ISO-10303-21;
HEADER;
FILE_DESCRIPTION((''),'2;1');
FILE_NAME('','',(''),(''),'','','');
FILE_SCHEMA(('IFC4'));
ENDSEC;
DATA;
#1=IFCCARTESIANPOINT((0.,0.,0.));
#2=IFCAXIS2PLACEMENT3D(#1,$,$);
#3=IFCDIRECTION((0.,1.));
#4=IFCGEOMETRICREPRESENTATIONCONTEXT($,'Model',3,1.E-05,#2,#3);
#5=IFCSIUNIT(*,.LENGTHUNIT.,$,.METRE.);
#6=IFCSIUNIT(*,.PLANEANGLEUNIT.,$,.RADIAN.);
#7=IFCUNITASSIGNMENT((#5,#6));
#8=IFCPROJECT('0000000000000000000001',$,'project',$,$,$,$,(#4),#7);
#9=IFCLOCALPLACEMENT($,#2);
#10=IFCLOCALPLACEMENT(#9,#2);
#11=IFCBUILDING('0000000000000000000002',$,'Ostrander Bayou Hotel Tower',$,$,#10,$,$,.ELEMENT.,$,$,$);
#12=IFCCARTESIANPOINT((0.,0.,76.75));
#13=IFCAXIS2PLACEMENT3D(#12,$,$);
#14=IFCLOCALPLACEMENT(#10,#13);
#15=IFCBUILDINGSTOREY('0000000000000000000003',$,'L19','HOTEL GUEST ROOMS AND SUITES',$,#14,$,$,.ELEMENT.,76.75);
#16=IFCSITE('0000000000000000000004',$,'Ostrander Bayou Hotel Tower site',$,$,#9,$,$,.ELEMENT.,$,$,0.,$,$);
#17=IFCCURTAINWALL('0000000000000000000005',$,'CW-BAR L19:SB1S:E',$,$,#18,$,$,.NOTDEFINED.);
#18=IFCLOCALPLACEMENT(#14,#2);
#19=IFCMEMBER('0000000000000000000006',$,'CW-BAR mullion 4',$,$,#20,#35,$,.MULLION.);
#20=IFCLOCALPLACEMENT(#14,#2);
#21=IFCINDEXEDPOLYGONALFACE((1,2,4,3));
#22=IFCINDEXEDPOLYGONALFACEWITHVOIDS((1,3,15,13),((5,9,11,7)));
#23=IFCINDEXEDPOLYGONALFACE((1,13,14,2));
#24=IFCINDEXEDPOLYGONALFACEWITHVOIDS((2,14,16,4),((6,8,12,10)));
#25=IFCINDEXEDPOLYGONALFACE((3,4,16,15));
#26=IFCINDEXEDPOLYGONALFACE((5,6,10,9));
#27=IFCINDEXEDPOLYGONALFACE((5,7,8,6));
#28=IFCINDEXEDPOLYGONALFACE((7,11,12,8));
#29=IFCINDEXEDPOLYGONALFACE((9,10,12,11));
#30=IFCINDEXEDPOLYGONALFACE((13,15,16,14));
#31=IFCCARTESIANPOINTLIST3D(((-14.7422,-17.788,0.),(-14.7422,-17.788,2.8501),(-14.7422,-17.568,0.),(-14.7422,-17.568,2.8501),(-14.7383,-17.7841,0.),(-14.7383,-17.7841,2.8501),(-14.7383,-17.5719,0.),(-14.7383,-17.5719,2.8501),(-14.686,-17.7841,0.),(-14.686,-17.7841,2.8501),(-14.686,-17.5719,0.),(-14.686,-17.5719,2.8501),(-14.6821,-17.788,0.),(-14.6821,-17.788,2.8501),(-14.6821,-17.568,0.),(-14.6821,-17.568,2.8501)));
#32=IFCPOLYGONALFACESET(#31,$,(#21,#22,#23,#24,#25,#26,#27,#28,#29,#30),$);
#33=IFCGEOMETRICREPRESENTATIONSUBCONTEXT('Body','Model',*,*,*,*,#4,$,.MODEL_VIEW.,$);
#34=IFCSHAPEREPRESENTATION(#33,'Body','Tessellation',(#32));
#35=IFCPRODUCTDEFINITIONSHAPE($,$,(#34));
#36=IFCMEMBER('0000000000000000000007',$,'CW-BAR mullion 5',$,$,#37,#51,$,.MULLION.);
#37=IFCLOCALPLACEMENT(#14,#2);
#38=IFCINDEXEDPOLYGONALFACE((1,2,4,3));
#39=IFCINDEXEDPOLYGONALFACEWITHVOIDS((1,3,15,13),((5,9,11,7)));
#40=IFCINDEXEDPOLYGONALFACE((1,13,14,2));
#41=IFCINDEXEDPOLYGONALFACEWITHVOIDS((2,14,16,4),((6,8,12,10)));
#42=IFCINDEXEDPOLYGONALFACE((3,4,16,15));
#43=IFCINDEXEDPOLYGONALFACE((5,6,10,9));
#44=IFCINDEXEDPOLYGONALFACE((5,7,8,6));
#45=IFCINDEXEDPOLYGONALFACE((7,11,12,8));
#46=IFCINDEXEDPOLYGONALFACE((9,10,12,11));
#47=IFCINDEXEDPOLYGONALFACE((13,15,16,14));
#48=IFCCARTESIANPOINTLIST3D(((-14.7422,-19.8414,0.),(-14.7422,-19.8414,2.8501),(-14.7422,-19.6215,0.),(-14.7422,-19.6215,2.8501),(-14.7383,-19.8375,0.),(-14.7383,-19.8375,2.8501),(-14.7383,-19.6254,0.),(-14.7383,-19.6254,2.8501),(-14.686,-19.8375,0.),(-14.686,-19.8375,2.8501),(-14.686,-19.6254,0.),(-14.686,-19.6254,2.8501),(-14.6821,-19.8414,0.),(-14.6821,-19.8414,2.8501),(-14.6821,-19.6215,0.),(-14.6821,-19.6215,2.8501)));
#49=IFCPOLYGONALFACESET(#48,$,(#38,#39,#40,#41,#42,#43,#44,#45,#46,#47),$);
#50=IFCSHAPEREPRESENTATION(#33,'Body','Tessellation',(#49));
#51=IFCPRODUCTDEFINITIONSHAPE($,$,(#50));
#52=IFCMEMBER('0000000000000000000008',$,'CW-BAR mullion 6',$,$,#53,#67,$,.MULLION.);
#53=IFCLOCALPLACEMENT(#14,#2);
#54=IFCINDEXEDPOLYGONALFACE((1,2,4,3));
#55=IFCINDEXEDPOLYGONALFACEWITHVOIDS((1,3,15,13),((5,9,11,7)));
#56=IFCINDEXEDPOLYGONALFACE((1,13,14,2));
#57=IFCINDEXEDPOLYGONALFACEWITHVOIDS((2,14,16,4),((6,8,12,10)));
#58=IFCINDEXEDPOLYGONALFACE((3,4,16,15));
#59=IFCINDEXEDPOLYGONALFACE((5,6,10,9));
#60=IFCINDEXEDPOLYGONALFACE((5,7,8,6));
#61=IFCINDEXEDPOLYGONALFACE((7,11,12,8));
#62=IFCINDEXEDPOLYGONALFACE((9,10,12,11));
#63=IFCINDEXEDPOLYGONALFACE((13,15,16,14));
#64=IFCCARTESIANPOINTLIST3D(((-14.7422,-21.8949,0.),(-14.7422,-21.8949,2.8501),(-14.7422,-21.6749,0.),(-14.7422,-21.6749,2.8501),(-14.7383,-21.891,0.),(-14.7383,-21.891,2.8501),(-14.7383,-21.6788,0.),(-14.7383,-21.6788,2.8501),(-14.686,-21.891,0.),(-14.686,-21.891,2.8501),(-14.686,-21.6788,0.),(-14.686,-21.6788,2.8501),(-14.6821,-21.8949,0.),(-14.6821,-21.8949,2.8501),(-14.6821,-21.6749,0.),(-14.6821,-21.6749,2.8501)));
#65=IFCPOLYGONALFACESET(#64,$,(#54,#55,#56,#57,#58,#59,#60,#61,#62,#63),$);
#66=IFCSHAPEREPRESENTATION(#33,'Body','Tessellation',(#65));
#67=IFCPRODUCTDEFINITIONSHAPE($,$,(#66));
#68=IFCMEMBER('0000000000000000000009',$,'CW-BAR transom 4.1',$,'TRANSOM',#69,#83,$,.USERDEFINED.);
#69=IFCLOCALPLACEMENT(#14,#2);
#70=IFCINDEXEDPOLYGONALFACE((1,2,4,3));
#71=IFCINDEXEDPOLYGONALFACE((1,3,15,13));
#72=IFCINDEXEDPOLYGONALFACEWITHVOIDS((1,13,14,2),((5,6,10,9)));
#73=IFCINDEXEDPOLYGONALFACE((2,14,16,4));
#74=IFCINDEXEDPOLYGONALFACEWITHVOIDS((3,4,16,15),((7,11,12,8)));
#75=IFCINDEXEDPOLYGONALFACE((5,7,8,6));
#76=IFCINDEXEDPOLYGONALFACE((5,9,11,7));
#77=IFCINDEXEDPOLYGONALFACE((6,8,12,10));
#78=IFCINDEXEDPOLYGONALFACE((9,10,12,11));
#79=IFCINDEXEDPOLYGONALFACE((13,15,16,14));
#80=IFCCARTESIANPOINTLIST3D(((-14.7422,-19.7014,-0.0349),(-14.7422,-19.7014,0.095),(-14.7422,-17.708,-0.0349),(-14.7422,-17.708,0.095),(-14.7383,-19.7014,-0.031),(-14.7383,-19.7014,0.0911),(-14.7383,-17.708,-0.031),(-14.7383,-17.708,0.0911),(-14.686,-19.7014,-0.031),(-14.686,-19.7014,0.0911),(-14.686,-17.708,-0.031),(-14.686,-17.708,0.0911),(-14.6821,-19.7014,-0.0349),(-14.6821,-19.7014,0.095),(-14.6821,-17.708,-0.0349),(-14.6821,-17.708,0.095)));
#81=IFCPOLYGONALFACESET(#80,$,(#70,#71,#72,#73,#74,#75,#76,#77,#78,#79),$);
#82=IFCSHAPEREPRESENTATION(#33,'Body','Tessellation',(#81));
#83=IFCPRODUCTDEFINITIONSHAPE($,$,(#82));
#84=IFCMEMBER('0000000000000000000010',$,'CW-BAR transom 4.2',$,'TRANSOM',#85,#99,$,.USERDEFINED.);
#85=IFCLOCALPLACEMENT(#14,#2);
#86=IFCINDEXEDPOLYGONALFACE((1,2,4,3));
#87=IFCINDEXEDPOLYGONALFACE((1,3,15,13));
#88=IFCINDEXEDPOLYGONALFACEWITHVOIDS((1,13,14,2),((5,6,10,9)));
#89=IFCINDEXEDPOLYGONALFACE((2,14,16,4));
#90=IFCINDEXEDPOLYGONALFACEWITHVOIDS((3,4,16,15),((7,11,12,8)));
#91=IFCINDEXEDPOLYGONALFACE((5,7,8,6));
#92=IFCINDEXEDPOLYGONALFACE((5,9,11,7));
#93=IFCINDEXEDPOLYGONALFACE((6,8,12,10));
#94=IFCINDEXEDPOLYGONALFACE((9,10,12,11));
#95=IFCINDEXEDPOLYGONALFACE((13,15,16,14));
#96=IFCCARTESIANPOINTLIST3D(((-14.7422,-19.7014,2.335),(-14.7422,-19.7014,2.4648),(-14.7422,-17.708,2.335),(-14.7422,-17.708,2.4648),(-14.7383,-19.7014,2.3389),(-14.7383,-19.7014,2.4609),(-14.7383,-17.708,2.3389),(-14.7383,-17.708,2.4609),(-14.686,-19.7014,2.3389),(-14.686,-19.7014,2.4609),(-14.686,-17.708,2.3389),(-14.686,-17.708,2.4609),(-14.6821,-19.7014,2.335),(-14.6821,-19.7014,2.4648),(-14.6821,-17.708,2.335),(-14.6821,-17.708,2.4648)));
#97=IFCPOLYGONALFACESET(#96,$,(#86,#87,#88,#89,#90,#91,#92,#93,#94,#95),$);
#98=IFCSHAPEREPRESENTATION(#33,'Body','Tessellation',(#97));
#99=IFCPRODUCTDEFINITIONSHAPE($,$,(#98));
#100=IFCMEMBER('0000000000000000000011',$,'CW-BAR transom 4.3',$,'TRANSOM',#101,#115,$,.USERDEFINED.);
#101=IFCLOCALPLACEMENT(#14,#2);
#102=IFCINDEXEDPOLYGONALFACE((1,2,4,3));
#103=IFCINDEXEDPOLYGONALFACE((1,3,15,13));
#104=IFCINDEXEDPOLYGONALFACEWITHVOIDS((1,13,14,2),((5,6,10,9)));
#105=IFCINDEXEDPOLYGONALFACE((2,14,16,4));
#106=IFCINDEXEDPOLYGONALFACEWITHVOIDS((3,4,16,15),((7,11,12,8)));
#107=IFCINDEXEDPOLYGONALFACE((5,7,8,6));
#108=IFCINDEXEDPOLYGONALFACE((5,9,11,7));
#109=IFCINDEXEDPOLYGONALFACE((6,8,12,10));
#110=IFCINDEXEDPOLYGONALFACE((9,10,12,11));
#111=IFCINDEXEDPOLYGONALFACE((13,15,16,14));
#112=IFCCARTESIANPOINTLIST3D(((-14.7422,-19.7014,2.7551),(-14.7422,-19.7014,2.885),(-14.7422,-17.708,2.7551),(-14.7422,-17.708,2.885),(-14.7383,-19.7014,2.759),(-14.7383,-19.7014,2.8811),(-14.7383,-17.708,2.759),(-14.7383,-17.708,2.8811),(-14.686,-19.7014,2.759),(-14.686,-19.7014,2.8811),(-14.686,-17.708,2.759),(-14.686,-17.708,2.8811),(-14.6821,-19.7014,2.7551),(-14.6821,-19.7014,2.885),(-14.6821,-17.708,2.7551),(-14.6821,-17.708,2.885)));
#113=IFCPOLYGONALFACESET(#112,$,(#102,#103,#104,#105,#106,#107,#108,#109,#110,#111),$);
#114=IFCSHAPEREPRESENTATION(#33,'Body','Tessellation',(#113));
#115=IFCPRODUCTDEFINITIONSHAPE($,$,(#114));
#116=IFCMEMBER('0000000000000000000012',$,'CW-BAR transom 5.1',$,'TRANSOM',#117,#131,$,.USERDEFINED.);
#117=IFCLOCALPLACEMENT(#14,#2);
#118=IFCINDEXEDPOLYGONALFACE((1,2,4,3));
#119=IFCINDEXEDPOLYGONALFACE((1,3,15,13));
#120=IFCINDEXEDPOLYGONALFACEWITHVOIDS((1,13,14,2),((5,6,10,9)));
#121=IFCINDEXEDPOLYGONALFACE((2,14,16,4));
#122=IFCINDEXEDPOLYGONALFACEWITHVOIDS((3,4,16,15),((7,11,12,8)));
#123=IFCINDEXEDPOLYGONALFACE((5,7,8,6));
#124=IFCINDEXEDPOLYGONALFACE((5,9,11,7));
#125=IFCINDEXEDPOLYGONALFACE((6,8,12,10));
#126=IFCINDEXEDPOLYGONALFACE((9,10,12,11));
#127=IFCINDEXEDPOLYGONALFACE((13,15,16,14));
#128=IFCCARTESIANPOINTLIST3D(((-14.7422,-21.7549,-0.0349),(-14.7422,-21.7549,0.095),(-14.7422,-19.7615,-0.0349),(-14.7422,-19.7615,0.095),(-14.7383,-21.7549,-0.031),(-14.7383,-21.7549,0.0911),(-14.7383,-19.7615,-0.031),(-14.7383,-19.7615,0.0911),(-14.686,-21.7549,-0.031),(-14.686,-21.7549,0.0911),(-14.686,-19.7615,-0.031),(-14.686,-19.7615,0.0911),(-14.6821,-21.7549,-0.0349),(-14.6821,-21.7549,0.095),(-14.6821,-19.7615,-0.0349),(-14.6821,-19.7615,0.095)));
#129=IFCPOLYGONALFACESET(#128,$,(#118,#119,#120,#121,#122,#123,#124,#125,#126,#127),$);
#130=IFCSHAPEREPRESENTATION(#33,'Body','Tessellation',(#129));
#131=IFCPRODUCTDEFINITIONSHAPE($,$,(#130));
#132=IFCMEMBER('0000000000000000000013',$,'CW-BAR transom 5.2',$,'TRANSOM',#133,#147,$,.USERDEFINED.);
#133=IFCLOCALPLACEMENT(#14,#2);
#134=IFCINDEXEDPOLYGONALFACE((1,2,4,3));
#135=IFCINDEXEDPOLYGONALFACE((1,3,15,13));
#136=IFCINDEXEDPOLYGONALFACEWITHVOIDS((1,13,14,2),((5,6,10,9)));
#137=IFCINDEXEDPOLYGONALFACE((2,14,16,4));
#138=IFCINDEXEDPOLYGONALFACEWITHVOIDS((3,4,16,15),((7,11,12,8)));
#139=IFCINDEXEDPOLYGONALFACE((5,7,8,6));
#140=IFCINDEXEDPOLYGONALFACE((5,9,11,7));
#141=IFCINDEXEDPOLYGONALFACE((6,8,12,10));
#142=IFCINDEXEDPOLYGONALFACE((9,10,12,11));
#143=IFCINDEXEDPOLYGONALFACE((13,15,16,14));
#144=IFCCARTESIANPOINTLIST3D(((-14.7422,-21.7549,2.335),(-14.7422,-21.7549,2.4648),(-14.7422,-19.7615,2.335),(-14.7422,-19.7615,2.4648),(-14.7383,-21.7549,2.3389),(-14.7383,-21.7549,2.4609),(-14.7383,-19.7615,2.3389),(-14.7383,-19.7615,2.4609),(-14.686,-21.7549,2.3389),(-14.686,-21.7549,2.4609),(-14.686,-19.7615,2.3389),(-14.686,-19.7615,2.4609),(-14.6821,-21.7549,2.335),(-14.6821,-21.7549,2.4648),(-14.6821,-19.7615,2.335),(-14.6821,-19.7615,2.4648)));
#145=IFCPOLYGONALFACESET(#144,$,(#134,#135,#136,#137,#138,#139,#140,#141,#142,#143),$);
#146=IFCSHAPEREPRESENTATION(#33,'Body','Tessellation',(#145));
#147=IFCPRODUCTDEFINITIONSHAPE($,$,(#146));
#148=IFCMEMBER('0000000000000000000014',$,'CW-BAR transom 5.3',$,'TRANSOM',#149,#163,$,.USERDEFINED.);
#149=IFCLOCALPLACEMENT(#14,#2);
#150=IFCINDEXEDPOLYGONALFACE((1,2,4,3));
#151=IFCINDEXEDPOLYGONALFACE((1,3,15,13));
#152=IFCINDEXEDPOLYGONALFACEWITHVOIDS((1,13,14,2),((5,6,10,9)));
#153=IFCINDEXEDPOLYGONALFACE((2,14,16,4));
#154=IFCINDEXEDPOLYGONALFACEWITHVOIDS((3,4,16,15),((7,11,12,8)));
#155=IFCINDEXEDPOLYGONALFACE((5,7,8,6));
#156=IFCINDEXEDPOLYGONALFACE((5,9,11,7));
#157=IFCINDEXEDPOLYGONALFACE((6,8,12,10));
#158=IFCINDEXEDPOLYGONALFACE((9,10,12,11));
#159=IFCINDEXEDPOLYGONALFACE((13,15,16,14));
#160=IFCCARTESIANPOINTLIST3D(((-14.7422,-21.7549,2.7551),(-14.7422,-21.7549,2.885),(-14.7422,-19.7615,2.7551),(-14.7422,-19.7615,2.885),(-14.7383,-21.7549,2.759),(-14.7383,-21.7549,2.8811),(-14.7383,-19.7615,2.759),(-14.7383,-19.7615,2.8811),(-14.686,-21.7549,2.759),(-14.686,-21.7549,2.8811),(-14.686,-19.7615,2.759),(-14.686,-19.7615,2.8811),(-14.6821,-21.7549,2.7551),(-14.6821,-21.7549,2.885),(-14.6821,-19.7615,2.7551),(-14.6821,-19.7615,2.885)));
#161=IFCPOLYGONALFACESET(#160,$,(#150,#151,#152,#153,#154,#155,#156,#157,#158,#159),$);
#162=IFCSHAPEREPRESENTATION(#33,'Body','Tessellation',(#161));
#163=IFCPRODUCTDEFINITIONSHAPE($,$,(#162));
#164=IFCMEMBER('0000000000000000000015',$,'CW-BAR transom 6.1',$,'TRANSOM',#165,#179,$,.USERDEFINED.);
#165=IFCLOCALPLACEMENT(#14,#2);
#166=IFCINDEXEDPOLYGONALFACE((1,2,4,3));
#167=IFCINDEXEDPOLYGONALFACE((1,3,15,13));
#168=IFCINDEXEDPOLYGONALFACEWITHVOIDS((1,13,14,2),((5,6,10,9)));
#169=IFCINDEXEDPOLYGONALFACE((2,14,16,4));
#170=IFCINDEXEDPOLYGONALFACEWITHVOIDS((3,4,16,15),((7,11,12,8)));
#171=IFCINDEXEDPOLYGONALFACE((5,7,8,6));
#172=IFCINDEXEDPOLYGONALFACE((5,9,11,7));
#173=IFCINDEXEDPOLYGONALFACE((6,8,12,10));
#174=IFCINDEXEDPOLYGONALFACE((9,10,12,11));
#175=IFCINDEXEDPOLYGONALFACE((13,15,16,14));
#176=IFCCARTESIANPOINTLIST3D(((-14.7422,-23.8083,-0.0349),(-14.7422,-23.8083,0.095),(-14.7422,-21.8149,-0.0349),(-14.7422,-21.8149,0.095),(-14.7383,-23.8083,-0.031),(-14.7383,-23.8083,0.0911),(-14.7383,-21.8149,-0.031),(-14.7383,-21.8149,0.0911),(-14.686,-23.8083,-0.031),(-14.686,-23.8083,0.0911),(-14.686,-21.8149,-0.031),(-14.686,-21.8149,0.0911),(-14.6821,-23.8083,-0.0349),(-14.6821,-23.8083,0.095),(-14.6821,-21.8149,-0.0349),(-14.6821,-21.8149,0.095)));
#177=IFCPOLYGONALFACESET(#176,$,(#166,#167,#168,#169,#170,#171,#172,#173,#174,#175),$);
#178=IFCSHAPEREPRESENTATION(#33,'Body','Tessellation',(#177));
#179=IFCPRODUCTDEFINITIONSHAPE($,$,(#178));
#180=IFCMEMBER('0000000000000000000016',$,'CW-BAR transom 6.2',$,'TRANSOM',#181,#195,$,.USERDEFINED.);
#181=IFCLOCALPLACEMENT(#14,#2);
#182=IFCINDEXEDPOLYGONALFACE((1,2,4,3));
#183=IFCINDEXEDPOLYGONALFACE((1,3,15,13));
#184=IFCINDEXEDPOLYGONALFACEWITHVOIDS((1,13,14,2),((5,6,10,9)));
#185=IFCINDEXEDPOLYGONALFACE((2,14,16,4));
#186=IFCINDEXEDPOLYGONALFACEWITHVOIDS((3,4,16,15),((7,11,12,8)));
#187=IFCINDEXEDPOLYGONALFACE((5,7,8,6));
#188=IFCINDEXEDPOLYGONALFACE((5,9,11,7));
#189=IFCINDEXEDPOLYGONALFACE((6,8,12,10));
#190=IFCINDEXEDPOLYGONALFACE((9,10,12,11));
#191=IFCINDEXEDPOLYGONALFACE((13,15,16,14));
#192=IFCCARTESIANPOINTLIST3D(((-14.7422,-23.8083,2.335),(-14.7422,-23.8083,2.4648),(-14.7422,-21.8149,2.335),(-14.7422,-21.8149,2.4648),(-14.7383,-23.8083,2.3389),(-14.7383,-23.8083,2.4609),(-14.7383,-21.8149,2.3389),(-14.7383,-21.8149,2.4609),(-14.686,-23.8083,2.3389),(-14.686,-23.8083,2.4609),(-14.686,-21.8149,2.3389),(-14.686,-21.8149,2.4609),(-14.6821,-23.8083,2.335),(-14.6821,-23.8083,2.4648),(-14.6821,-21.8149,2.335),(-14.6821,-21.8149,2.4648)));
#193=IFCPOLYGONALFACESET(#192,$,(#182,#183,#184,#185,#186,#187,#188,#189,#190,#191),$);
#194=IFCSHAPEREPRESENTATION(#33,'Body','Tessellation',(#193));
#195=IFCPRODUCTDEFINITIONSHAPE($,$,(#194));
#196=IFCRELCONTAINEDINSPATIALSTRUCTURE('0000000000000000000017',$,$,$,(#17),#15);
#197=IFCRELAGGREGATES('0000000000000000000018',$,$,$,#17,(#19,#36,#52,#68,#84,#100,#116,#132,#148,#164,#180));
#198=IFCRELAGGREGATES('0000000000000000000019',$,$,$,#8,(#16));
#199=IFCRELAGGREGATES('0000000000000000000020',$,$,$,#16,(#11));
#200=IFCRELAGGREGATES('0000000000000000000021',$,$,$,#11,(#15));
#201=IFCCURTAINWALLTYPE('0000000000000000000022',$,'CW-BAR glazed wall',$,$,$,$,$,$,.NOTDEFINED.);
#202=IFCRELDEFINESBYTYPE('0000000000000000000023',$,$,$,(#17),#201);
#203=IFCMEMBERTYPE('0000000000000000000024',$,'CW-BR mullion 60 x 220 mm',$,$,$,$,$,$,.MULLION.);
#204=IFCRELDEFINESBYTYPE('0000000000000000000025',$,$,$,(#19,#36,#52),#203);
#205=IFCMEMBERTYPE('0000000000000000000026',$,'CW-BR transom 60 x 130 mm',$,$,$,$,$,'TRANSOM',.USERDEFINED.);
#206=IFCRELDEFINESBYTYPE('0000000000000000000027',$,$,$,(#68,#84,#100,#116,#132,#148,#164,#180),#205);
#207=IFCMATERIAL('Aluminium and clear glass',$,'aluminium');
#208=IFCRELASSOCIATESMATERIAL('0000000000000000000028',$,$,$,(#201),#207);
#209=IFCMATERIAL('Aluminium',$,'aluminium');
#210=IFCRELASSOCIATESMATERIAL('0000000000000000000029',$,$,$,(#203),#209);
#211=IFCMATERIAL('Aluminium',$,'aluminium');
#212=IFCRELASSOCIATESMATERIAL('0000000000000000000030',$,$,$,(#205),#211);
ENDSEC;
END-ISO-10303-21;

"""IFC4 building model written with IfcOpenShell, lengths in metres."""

from ifc_helpers import new_model, si_unit, direction, frame, origin, origin_2d, place, context, subcontext, project, spatial, hollow_rectangle, extrude, material, material_profile, profile_set, type_object, element, aggregate, save


model = new_model("IFC4")

# Units and contexts
model_context = context("Model", 3, precision=1e-05, world=origin(), true_north=direction((0.0, 1.0)))
body_context = subcontext(model_context, "Body", "Model", "MODEL_VIEW")
ifc_project = project(units=[si_unit("LENGTHUNIT", "METRE"), si_unit("PLANEANGLEUNIT", "RADIAN")], contexts=[model_context])

# Site, building, storey
site_placement = place(None, origin())
site = spatial("IfcSite", under=ifc_project, at=site_placement, Name="Ostrander Bayou Hotel Tower site", CompositionType="ELEMENT", RefElevation=0.0)
building_placement = place(site_placement, origin())
building = spatial("IfcBuilding", under=site, at=building_placement, Name="Ostrander Bayou Hotel Tower", CompositionType="ELEMENT")
storey_placement = place(building_placement, frame((0.0, 0.0, 76.75)))
storey = spatial("IfcBuildingStorey", under=building, at=storey_placement, Name="L19", Description="HOTEL GUEST ROOMS AND SUITES", CompositionType="ELEMENT", Elevation=76.75)

# Curtain wall, members
ifc_material_1 = material(Name="Aluminium and clear glass", Category="aluminium")
curtain_wall_type = type_object("IfcCurtainWallType", Name="CW-BAR glazed wall", PredefinedType="NOTDEFINED", material=ifc_material_1)
curtain_wall_placement = place(storey_placement, origin())
curtain_wall = element("IfcCurtainWall", 1, at=curtain_wall_placement, inside=storey, type_object=curtain_wall_type, Name="CW-BAR L19:SB1S:E", PredefinedType="NOTDEFINED")
ifc_material_2 = material(Name="Aluminium", Category="aluminium")
ifc_material_profile_1 = material_profile(ifc_material_2, hollow_rectangle(XDim=0.0601, YDim=0.22, WallThickness=0.0039, at=origin_2d()))
ifc_profile_set_1 = profile_set([ifc_material_profile_1], Name="Aluminium")
member_type_1 = type_object("IfcMemberType", Name="CW-BR mullion 60 x 220 mm", PredefinedType="MULLION", material=ifc_profile_set_1)
member_1_placement = place(storey_placement, frame((-14.7122, -17.678, 0.0), z_axis=(0.0, 0.0, 1.0), x_axis=(1.0, 0.0, 0.0)))
member_1 = element("IfcMember", 2, at=member_1_placement, type_object=member_type_1, Name="CW-BAR mullion 4", PredefinedType="MULLION", context=body_context, shape_type="SweptSolid", body=[
    extrude(hollow_rectangle(XDim=0.0601, YDim=0.22, WallThickness=0.0039, at=origin_2d()), origin(), (0.0, 0.0, 1.0), 2.8501),
])
member_2_placement = place(storey_placement, frame((-14.7122, -19.7314, 0.0), z_axis=(0.0, 0.0, 1.0), x_axis=(1.0, 0.0, 0.0)))
member_2 = element("IfcMember", 3, at=member_2_placement, type_object=member_type_1, Name="CW-BAR mullion 5", PredefinedType="MULLION", context=body_context, shape_type="SweptSolid", body=[
    extrude(hollow_rectangle(XDim=0.0601, YDim=0.22, WallThickness=0.0039, at=origin_2d()), origin(), (0.0, 0.0, 1.0), 2.8501),
])
member_3_placement = place(storey_placement, frame((-14.7122, -21.7849, 0.0), z_axis=(0.0, 0.0, 1.0), x_axis=(1.0, 0.0, 0.0)))
member_3 = element("IfcMember", 4, at=member_3_placement, type_object=member_type_1, Name="CW-BAR mullion 6", PredefinedType="MULLION", context=body_context, shape_type="SweptSolid", body=[
    extrude(hollow_rectangle(XDim=0.0601, YDim=0.22, WallThickness=0.0039, at=origin_2d()), origin(), (0.0, 0.0, 1.0), 2.8501),
])
ifc_material_3 = material(Name="Aluminium", Category="aluminium")
ifc_material_profile_2 = material_profile(ifc_material_3, hollow_rectangle(XDim=0.0601, YDim=0.1299, WallThickness=0.0039, at=origin_2d()))
ifc_profile_set_2 = profile_set([ifc_material_profile_2], Name="Aluminium")
member_type_2 = type_object("IfcMemberType", Name="CW-BR transom 60 x 130 mm", ElementType="TRANSOM", PredefinedType="USERDEFINED", material=ifc_profile_set_2)
member_4_placement = place(storey_placement, frame((-14.7122, -17.708, 0.03), z_axis=(0.0, -1.0, 0.0), x_axis=(1.0, 0.0, 0.0)))
member_4 = element("IfcMember", 5, at=member_4_placement, type_object=member_type_2, Name="CW-BAR transom 4.1", ObjectType="TRANSOM", PredefinedType="USERDEFINED", context=body_context, shape_type="SweptSolid", body=[
    extrude(hollow_rectangle(XDim=0.0601, YDim=0.1299, WallThickness=0.0039, at=origin_2d()), origin(), (0.0, 0.0, 1.0), 1.9934),
])
member_5_placement = place(storey_placement, frame((-14.7122, -17.708, 2.3999), z_axis=(0.0, -1.0, 0.0), x_axis=(1.0, 0.0, 0.0)))
member_5 = element("IfcMember", 6, at=member_5_placement, type_object=member_type_2, Name="CW-BAR transom 4.2", ObjectType="TRANSOM", PredefinedType="USERDEFINED", context=body_context, shape_type="SweptSolid", body=[
    extrude(hollow_rectangle(XDim=0.0601, YDim=0.1299, WallThickness=0.0039, at=origin_2d()), origin(), (0.0, 0.0, 1.0), 1.9934),
])
member_6_placement = place(storey_placement, frame((-14.7122, -17.708, 2.8201), z_axis=(0.0, -1.0, 0.0), x_axis=(1.0, 0.0, 0.0)))
member_6 = element("IfcMember", 7, at=member_6_placement, type_object=member_type_2, Name="CW-BAR transom 4.3", ObjectType="TRANSOM", PredefinedType="USERDEFINED", context=body_context, shape_type="SweptSolid", body=[
    extrude(hollow_rectangle(XDim=0.0601, YDim=0.1299, WallThickness=0.0039, at=origin_2d()), origin(), (0.0, 0.0, 1.0), 1.9934),
])
member_7_placement = place(storey_placement, frame((-14.7122, -19.7615, 0.03), z_axis=(0.0, -1.0, 0.0), x_axis=(1.0, 0.0, 0.0)))
member_7 = element("IfcMember", 8, at=member_7_placement, type_object=member_type_2, Name="CW-BAR transom 5.1", ObjectType="TRANSOM", PredefinedType="USERDEFINED", context=body_context, shape_type="SweptSolid", body=[
    extrude(hollow_rectangle(XDim=0.0601, YDim=0.1299, WallThickness=0.0039, at=origin_2d()), origin(), (0.0, 0.0, 1.0), 1.9934),
])
member_8_placement = place(storey_placement, frame((-14.7122, -19.7615, 2.3999), z_axis=(0.0, -1.0, 0.0), x_axis=(1.0, 0.0, 0.0)))
member_8 = element("IfcMember", 9, at=member_8_placement, type_object=member_type_2, Name="CW-BAR transom 5.2", ObjectType="TRANSOM", PredefinedType="USERDEFINED", context=body_context, shape_type="SweptSolid", body=[
    extrude(hollow_rectangle(XDim=0.0601, YDim=0.1299, WallThickness=0.0039, at=origin_2d()), origin(), (0.0, 0.0, 1.0), 1.9934),
])
member_9_placement = place(storey_placement, frame((-14.7122, -19.7615, 2.8201), z_axis=(0.0, -1.0, 0.0), x_axis=(1.0, 0.0, 0.0)))
member_9 = element("IfcMember", 10, at=member_9_placement, type_object=member_type_2, Name="CW-BAR transom 5.3", ObjectType="TRANSOM", PredefinedType="USERDEFINED", context=body_context, shape_type="SweptSolid", body=[
    extrude(hollow_rectangle(XDim=0.0601, YDim=0.1299, WallThickness=0.0039, at=origin_2d()), origin(), (0.0, 0.0, 1.0), 1.9934),
])
member_10_placement = place(storey_placement, frame((-14.7122, -21.8149, 0.03), z_axis=(0.0, -1.0, 0.0), x_axis=(1.0, 0.0, 0.0)))
member_10 = element("IfcMember", 11, at=member_10_placement, type_object=member_type_2, Name="CW-BAR transom 6.1", ObjectType="TRANSOM", PredefinedType="USERDEFINED", context=body_context, shape_type="SweptSolid", body=[
    extrude(hollow_rectangle(XDim=0.0601, YDim=0.1299, WallThickness=0.0039, at=origin_2d()), origin(), (0.0, 0.0, 1.0), 1.9934),
])
member_11_placement = place(storey_placement, frame((-14.7122, -21.8149, 2.3999), z_axis=(0.0, -1.0, 0.0), x_axis=(1.0, 0.0, 0.0)))
member_11 = element("IfcMember", 12, at=member_11_placement, type_object=member_type_2, Name="CW-BAR transom 6.2", ObjectType="TRANSOM", PredefinedType="USERDEFINED", context=body_context, shape_type="SweptSolid", body=[
    extrude(hollow_rectangle(XDim=0.0601, YDim=0.1299, WallThickness=0.0039, at=origin_2d()), origin(), (0.0, 0.0, 1.0), 1.9934),
])

aggregate(curtain_wall, [member_1, member_2, member_3, member_4, member_5, member_6, member_7, member_8, member_9, member_10, member_11])

save(model, "model.ifc")
